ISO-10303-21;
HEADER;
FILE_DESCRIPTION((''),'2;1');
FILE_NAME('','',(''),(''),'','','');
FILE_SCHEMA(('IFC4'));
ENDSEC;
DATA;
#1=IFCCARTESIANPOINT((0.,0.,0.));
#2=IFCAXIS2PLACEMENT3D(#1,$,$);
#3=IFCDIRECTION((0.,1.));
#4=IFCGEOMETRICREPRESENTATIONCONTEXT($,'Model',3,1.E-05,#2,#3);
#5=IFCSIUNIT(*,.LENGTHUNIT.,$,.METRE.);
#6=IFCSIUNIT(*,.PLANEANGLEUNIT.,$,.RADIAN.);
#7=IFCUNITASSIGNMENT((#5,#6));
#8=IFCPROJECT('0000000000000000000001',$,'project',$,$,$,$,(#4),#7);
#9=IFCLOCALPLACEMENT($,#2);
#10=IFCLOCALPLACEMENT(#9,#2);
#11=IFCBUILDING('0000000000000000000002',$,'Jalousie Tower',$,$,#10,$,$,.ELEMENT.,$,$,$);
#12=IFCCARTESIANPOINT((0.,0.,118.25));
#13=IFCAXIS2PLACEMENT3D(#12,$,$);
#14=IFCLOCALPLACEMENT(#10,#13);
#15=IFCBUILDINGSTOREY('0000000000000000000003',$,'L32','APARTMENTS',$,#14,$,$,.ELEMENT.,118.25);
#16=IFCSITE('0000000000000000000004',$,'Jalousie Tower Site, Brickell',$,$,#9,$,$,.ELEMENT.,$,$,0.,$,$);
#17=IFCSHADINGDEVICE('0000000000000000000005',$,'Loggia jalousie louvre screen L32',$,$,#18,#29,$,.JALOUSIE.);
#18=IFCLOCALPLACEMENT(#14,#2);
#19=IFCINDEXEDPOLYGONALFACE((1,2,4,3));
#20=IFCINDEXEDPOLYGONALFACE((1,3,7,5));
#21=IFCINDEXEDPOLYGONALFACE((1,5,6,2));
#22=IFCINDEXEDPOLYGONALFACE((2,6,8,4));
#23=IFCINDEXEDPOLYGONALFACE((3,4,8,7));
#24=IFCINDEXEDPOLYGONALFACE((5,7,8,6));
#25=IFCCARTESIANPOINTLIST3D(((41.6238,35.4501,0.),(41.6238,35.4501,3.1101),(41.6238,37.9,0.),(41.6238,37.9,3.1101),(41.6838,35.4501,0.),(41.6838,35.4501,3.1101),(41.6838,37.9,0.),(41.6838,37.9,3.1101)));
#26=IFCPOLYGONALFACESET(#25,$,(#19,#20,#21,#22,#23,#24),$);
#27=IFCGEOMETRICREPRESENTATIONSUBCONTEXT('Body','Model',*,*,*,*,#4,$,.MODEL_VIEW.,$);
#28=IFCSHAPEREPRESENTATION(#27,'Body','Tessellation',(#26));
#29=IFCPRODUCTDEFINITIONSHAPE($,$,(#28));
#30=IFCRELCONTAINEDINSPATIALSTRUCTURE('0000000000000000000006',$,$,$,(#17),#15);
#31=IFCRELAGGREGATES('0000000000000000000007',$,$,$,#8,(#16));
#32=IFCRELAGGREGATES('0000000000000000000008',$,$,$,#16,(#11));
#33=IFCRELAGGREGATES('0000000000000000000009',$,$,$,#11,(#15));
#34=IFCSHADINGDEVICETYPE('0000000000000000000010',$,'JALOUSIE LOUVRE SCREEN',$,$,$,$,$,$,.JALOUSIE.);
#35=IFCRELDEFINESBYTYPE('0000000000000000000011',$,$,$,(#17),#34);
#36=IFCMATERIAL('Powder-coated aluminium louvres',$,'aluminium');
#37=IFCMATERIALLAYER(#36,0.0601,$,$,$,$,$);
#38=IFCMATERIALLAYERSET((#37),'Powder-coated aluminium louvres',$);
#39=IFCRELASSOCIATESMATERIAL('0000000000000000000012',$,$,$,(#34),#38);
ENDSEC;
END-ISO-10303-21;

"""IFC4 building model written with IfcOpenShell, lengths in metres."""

from ifc_helpers import new_model, si_unit, direction, frame, origin, origin_2d, place, context, subcontext, project, spatial, rectangle, extrude, material, layer, layer_set, type_object, element, save


model = new_model("IFC4")

# Units and contexts
model_context = context("Model", 3, precision=1e-05, world=origin(), true_north=direction((0.0, 1.0)))
body_context = subcontext(model_context, "Body", "Model", "MODEL_VIEW")
ifc_project = project(units=[si_unit("LENGTHUNIT", "METRE"), si_unit("PLANEANGLEUNIT", "RADIAN")], contexts=[model_context])

# Site, building, storey
site_placement = place(None, origin())
site = spatial("IfcSite", under=ifc_project, at=site_placement, Name="Jalousie Tower Site, Brickell", CompositionType="ELEMENT", RefElevation=0.0)
building_placement = place(site_placement, origin())
building = spatial("IfcBuilding", under=site, at=building_placement, Name="Jalousie Tower", CompositionType="ELEMENT")
storey_placement = place(building_placement, frame((0.0, 0.0, 118.25)))
storey = spatial("IfcBuildingStorey", under=building, at=storey_placement, Name="L32", Description="APARTMENTS", CompositionType="ELEMENT", Elevation=118.25)

# Shading device
ifc_material_1 = material(Name="Powder-coated aluminium louvres", Category="aluminium")
ifc_layer_1 = layer(ifc_material_1, 0.0601)
ifc_layer_set_1 = layer_set([ifc_layer_1], Name="Powder-coated aluminium louvres")
shading_device_type = type_object("IfcShadingDeviceType", Name="JALOUSIE LOUVRE SCREEN", PredefinedType="JALOUSIE", material=ifc_layer_set_1)
shading_device_placement = place(storey_placement, frame((41.6538, 36.675, 0.0), z_axis=(0.0, 0.0, 1.0), x_axis=(-1.0, 0.0, 0.0)))
element("IfcShadingDevice", 1, at=shading_device_placement, inside=storey, type_object=shading_device_type, Name="Loggia jalousie louvre screen L32", PredefinedType="JALOUSIE", context=body_context, shape_type="SweptSolid", body=[
    extrude(rectangle(XDim=0.0601, YDim=2.45, at=origin_2d()), origin(), (0.0, 0.0, 1.0), 3.1101),
])

save(model, "model.ifc")
